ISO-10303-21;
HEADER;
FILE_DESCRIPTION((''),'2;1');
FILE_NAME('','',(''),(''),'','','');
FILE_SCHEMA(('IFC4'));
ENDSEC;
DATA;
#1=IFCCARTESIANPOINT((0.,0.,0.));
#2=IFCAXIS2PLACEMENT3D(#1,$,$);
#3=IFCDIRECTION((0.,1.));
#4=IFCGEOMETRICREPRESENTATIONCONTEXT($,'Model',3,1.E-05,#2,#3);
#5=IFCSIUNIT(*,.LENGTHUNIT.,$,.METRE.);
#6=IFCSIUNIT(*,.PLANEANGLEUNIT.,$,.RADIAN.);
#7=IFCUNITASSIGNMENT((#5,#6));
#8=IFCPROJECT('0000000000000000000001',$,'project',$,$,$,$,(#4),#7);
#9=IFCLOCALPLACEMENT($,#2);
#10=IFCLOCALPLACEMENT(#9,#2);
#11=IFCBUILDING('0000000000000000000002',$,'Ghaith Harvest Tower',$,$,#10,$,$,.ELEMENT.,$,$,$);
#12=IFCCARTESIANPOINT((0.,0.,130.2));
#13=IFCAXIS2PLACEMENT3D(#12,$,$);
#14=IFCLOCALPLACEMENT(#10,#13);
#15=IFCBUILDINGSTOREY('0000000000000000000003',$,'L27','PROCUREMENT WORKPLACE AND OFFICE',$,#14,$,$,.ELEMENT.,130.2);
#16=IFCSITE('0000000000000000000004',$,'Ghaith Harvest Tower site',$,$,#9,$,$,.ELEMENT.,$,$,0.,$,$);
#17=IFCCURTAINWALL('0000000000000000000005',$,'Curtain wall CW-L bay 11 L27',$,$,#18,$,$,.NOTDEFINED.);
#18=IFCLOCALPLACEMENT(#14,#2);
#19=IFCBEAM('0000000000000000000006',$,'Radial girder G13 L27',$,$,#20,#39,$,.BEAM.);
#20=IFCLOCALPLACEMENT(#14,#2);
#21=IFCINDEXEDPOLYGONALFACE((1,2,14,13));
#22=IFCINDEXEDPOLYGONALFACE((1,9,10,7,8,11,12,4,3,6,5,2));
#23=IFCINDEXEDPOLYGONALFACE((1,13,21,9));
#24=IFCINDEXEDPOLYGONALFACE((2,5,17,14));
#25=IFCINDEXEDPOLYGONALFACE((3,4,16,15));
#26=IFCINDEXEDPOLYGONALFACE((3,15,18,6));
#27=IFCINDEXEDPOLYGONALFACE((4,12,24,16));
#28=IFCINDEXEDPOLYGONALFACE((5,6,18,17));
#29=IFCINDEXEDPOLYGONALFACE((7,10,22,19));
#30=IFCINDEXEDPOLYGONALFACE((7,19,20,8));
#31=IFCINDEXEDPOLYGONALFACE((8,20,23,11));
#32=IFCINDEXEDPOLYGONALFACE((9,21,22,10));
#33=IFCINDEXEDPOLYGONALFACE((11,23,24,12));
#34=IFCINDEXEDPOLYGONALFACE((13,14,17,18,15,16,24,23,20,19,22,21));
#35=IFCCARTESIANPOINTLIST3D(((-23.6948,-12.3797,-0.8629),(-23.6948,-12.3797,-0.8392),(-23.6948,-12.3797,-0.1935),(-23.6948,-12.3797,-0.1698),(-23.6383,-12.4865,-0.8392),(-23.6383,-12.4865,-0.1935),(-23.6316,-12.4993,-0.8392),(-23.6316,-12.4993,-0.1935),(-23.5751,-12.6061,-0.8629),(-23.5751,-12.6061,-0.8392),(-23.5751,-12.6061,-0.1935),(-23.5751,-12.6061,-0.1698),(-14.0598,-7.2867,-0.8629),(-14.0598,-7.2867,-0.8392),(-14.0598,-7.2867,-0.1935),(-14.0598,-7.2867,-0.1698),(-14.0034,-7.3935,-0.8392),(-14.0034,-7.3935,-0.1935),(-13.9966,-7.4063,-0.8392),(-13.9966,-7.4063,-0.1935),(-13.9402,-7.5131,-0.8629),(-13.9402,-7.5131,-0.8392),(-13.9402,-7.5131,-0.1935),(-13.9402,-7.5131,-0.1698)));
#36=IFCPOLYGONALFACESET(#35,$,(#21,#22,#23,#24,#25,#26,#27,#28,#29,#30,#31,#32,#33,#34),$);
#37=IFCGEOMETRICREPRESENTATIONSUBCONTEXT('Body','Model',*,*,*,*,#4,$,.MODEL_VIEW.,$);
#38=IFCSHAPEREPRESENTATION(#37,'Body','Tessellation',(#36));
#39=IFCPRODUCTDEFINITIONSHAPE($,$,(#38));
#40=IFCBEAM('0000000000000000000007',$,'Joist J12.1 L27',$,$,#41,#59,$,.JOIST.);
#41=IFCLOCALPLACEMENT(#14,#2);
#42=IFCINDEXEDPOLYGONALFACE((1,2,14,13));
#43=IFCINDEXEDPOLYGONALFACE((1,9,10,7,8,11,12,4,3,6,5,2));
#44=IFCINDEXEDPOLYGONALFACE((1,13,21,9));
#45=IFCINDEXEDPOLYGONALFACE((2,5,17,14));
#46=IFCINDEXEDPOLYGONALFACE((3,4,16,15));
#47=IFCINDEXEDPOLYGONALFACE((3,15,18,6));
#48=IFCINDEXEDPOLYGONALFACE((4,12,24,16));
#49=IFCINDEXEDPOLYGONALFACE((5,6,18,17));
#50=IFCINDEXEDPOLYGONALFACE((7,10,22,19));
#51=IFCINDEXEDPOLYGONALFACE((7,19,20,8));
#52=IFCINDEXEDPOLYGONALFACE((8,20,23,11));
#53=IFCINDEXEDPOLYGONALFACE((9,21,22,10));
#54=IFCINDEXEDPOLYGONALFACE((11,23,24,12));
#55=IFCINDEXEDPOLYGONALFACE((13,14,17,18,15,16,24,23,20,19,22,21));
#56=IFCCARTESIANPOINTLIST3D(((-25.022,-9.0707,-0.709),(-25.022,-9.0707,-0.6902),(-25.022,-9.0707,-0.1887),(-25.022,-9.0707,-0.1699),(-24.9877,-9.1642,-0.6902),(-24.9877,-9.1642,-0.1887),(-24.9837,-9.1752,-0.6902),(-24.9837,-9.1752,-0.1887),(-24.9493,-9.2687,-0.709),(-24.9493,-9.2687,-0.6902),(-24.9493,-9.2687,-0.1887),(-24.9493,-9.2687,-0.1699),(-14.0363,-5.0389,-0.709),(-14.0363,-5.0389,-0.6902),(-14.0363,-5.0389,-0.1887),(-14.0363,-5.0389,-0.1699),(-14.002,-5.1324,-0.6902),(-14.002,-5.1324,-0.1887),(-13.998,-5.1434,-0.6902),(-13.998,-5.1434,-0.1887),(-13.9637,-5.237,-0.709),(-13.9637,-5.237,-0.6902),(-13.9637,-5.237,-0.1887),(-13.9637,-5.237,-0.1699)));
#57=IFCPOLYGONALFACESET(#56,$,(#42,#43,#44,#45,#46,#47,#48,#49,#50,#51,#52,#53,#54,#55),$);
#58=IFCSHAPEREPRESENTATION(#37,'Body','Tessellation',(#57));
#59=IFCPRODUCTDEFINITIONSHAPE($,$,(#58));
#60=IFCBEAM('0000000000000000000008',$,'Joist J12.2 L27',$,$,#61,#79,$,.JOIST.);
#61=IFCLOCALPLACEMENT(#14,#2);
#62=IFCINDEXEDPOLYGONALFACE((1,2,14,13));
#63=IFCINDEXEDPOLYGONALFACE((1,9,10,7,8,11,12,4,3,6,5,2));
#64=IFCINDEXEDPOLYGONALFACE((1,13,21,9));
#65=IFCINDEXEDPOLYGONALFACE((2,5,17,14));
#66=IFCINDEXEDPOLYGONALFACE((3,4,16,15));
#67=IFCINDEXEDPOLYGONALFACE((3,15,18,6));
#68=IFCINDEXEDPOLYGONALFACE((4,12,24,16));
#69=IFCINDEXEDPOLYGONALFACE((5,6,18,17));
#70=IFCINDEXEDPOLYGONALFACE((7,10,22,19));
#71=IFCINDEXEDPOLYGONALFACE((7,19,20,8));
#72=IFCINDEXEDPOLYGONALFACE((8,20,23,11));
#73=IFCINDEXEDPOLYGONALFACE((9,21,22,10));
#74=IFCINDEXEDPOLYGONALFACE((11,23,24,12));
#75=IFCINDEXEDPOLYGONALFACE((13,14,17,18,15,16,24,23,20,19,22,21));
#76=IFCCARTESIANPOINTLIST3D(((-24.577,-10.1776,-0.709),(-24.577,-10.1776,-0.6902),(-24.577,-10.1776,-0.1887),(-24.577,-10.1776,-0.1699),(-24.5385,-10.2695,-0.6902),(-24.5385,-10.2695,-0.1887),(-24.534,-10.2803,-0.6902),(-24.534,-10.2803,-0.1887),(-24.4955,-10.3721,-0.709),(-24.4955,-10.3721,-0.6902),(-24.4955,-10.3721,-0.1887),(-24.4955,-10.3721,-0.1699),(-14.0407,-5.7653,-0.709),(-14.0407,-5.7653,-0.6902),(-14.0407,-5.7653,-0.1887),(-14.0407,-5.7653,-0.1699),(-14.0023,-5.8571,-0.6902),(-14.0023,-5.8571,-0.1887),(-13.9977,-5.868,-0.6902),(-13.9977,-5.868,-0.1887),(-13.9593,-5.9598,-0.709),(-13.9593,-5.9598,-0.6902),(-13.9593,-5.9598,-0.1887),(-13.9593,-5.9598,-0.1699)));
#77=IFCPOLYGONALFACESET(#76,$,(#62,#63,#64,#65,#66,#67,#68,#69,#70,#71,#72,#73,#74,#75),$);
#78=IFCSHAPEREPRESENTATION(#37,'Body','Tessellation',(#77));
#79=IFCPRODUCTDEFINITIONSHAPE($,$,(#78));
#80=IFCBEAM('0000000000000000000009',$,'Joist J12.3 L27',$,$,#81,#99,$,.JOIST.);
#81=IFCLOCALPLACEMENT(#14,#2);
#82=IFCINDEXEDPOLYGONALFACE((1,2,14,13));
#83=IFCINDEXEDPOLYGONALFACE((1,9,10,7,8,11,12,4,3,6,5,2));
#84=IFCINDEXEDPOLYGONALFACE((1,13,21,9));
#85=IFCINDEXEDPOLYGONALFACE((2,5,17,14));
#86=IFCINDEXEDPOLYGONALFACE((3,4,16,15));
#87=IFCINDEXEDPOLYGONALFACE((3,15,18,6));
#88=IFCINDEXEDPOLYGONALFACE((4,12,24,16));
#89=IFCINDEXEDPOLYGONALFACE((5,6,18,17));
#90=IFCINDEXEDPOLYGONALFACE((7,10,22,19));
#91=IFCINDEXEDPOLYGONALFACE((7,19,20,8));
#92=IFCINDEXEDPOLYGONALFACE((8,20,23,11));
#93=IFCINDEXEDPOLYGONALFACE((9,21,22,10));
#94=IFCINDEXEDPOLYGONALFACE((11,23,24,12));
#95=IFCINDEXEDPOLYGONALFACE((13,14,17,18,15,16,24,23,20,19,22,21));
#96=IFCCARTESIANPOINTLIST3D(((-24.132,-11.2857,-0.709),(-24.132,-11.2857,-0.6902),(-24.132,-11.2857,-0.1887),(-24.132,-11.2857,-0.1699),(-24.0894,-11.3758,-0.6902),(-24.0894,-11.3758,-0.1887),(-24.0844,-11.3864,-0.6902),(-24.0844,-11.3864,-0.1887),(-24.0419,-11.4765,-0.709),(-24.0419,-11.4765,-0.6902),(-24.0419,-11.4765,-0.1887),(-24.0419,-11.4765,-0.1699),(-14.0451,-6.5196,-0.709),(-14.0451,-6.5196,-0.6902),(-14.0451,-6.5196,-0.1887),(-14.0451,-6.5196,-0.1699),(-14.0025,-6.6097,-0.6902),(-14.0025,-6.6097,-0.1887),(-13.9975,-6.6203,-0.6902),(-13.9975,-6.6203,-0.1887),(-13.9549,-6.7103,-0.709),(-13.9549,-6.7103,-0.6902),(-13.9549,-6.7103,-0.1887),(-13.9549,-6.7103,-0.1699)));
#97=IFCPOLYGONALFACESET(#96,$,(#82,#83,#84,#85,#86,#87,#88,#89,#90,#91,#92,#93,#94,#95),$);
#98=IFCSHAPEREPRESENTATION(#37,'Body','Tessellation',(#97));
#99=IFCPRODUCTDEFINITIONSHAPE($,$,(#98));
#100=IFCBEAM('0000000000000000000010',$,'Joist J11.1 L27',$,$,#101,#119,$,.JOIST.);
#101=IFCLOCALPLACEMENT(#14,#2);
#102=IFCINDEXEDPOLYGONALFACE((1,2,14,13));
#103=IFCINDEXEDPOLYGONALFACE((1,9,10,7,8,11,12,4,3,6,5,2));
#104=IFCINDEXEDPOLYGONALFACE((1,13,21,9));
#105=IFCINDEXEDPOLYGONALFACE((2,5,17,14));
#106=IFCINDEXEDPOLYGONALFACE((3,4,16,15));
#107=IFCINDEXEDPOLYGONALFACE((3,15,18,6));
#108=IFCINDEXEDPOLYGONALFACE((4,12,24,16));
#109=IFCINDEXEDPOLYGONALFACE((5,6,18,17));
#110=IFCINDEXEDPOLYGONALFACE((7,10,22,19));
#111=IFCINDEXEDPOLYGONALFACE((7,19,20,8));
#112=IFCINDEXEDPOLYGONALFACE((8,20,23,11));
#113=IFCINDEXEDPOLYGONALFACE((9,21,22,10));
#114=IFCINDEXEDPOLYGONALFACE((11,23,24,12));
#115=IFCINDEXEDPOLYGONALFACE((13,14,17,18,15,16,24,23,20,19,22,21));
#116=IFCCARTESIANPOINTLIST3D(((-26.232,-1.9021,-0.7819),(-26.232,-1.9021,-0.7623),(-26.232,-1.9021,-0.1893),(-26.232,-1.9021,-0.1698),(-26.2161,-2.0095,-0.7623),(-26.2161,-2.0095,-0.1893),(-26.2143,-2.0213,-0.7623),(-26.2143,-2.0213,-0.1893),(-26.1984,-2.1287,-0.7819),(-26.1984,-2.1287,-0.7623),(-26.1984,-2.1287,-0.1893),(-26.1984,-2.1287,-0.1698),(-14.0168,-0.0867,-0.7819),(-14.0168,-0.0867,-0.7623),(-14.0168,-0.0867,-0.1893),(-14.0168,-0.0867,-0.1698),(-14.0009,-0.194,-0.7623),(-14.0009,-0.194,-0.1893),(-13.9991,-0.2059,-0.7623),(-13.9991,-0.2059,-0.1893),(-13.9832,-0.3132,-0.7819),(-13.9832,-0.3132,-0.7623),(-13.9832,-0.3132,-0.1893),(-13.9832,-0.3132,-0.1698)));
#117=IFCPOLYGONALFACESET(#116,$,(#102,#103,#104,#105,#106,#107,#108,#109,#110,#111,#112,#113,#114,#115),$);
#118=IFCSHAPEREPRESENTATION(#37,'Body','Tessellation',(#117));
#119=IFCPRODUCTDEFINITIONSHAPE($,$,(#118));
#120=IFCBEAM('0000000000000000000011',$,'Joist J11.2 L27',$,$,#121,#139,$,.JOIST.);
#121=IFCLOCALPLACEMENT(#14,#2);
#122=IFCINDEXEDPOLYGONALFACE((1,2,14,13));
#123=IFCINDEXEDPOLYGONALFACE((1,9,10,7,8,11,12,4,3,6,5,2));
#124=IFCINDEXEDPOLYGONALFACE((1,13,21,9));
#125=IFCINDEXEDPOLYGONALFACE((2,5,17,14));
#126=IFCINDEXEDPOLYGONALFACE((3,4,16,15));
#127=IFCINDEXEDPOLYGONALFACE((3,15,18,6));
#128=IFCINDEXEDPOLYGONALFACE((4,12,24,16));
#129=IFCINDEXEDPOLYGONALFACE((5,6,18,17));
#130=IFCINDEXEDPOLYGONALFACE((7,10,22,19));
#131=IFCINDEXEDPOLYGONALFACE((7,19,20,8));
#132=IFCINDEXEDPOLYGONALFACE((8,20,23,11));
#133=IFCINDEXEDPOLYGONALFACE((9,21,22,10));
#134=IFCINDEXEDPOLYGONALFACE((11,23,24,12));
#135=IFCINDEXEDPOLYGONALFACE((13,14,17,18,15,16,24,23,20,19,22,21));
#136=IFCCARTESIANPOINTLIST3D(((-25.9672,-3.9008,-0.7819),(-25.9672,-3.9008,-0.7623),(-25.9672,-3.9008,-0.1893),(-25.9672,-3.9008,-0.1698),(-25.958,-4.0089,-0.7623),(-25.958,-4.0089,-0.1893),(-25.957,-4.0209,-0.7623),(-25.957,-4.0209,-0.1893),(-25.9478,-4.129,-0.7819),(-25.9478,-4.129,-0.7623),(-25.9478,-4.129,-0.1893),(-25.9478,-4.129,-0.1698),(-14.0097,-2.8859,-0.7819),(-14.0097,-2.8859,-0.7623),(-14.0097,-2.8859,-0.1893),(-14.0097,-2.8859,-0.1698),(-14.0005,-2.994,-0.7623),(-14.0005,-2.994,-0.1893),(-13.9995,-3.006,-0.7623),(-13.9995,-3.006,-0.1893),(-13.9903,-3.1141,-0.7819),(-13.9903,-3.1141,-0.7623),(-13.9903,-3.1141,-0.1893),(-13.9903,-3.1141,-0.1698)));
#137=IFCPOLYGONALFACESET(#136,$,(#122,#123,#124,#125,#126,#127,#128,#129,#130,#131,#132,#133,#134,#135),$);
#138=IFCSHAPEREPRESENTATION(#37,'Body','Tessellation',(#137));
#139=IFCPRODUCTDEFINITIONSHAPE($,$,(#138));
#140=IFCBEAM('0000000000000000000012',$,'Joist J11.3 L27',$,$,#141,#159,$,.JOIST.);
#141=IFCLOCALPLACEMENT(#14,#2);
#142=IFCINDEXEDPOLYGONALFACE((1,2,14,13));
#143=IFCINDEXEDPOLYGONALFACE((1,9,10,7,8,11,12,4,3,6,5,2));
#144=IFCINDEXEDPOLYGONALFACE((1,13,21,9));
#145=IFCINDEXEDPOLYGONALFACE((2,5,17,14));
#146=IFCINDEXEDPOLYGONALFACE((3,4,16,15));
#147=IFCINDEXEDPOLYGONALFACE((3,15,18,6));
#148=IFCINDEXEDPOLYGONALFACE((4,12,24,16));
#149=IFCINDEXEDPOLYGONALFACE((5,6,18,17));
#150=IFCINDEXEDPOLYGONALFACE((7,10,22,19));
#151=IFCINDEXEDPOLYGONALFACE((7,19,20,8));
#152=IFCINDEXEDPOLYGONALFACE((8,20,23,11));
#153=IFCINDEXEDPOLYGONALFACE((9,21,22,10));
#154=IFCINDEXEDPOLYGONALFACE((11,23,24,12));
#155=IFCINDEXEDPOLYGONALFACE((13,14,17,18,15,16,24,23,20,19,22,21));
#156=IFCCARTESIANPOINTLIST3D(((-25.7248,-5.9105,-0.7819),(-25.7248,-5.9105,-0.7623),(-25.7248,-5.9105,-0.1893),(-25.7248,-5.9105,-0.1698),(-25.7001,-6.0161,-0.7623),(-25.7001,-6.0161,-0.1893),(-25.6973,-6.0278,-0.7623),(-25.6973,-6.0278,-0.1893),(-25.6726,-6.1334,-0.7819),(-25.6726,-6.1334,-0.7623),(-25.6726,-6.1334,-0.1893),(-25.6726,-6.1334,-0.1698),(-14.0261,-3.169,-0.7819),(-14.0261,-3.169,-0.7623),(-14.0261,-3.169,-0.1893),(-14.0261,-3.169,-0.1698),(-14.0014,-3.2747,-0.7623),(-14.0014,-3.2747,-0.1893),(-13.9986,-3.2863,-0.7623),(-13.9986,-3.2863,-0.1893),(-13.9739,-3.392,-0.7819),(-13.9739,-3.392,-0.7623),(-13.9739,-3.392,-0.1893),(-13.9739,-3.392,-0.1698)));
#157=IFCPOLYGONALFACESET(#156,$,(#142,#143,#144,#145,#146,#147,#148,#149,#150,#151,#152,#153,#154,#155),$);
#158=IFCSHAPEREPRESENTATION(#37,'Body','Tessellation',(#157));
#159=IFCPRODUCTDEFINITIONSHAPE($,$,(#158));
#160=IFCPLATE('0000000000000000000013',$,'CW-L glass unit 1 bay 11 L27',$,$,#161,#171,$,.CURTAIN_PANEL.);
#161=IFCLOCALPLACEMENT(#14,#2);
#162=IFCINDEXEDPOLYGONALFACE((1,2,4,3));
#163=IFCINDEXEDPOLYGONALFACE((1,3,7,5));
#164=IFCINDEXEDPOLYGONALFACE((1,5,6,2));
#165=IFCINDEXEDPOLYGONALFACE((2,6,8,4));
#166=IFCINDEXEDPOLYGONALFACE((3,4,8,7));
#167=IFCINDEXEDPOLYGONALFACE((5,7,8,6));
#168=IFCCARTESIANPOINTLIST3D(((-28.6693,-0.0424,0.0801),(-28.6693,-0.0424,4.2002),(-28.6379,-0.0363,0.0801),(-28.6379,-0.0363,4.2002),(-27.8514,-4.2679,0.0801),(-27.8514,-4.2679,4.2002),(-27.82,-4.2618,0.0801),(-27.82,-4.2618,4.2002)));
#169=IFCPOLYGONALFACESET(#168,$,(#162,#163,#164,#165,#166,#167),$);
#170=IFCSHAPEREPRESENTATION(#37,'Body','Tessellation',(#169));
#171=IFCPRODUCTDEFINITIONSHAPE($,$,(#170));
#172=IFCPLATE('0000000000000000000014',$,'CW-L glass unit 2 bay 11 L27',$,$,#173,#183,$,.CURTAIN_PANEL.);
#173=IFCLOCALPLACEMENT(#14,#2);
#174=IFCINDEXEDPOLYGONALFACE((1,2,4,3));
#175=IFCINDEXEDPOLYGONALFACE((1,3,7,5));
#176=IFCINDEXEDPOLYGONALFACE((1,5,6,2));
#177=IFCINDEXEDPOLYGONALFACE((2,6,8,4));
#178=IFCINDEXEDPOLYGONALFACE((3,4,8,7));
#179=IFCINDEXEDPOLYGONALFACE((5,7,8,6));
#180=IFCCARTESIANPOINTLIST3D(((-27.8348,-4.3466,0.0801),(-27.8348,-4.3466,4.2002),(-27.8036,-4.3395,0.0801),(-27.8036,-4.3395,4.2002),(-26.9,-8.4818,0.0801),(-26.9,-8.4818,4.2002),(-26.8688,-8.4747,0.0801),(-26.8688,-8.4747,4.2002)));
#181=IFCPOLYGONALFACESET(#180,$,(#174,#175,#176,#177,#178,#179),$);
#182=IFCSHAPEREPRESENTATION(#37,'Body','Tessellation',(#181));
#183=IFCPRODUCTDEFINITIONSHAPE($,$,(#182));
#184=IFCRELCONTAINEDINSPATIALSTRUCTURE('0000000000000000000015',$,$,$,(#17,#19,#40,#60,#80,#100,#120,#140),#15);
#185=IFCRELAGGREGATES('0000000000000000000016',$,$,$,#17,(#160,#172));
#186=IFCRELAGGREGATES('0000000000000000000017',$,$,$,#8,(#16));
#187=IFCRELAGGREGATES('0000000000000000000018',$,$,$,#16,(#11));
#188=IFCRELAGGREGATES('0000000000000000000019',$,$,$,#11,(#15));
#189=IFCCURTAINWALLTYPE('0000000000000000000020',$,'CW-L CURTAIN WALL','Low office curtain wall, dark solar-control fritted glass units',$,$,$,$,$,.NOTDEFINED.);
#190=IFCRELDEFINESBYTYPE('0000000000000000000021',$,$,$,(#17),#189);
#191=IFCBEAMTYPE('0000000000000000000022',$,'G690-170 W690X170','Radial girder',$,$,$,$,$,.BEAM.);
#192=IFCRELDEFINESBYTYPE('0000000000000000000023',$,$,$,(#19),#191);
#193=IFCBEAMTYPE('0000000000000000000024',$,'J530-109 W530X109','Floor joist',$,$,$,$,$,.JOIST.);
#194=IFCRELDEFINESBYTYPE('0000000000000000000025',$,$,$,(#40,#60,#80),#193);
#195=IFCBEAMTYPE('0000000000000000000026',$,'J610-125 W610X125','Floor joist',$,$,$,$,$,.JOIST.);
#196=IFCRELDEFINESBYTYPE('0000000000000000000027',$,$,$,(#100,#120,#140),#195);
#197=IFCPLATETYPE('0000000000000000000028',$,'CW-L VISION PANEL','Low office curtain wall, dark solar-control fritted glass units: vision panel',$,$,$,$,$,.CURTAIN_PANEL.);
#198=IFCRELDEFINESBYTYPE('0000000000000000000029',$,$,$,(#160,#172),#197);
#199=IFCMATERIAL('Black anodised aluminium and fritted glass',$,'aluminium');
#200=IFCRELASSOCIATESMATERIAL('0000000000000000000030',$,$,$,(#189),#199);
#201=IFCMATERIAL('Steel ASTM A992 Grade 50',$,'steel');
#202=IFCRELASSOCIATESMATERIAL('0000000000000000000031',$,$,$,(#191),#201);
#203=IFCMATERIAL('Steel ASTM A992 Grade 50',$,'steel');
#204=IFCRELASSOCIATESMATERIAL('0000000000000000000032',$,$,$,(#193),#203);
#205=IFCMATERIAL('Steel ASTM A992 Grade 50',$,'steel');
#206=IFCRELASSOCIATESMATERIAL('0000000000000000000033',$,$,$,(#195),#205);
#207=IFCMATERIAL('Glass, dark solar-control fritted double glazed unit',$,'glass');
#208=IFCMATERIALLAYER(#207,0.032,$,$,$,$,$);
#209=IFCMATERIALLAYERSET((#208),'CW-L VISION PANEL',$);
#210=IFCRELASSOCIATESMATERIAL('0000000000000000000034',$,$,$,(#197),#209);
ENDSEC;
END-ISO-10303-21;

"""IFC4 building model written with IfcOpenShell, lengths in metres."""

from ifc_helpers import new_model, si_unit, direction, frame, origin, origin_2d, place, context, subcontext, project, spatial, rectangle, i_section, extrude, material, layer, layer_set, material_profile, profile_set, type_object, element, aggregate, save


model = new_model("IFC4")

# Units and contexts
model_context = context("Model", 3, precision=1e-05, world=origin(), true_north=direction((0.0, 1.0)))
body_context = subcontext(model_context, "Body", "Model", "MODEL_VIEW")
ifc_project = project(units=[si_unit("LENGTHUNIT", "METRE"), si_unit("PLANEANGLEUNIT", "RADIAN")], contexts=[model_context])

# Site, building, storey
site_placement = place(None, origin())
site = spatial("IfcSite", under=ifc_project, at=site_placement, Name="Ghaith Harvest Tower site", CompositionType="ELEMENT", RefElevation=0.0)
building_placement = place(site_placement, origin())
building = spatial("IfcBuilding", under=site, at=building_placement, Name="Ghaith Harvest Tower", CompositionType="ELEMENT")
storey_placement = place(building_placement, frame((0.0, 0.0, 130.2)))
storey = spatial("IfcBuildingStorey", under=building, at=storey_placement, Name="L27", Description="PROCUREMENT WORKPLACE AND OFFICE", CompositionType="ELEMENT", Elevation=130.2)

# Curtain wall
ifc_material_1 = material(Name="Black anodised aluminium and fritted glass", Category="aluminium")
curtain_wall_type = type_object("IfcCurtainWallType", Name="CW-L CURTAIN WALL", Description="Low office curtain wall, dark solar-control fritted glass units", PredefinedType="NOTDEFINED", material=ifc_material_1)
curtain_wall_1_placement = place(storey_placement, origin())
curtain_wall_1 = element("IfcCurtainWall", 1, at=curtain_wall_1_placement, inside=storey, type_object=curtain_wall_type, Name="Curtain wall CW-L bay 11 L27", PredefinedType="NOTDEFINED")

# Beams
ifc_material_2 = material(Name="Steel ASTM A992 Grade 50", Category="steel")
ifc_material_profile_1 = material_profile(ifc_material_2, i_section(OverallWidth=0.2561, OverallDepth=0.6931, WebThickness=0.0144, FlangeThickness=0.0237, at=origin_2d()), Name="W690X170")
ifc_profile_set_1 = profile_set([ifc_material_profile_1], Name="Steel ASTM A992 Grade 50")
beam_type_1 = type_object("IfcBeamType", Name="G690-170 W690X170", Description="Radial girder", PredefinedType="BEAM", material=ifc_profile_set_1)
beam_1_placement = place(storey_placement, frame((-14.0, -7.3999, -0.5164), z_axis=(-0.884086, -0.467324, 0.0), x_axis=(0.467324, -0.884086, 0.0)))
element("IfcBeam", 2, at=beam_1_placement, inside=storey, type_object=beam_type_1, Name="Radial girder G13 L27", PredefinedType="BEAM", context=body_context, shape_type="SweptSolid", body=[
    extrude(i_section(OverallWidth=0.2561, OverallDepth=0.6931, WebThickness=0.0144, FlangeThickness=0.0237, at=origin_2d()), origin(), (0.0, 0.0, 1.0), 10.8982),
])
ifc_material_3 = material(Name="Steel ASTM A992 Grade 50", Category="steel")
ifc_material_profile_2 = material_profile(ifc_material_3, i_section(OverallWidth=0.2109, OverallDepth=0.5391, WebThickness=0.0117, FlangeThickness=0.0188, at=origin_2d()), Name="W530X109")
ifc_profile_set_2 = profile_set([ifc_material_profile_2], Name="Steel ASTM A992 Grade 50")
beam_type_2 = type_object("IfcBeamType", Name="J530-109 W530X109", Description="Floor joist", PredefinedType="JOIST", material=ifc_profile_set_2)
beam_2_placement = place(storey_placement, frame((-14.0, -5.1379, -0.4395), z_axis=(-0.938774, -0.344532, 0.0), x_axis=(0.344532, -0.938774, 0.0)))
element("IfcBeam", 3, at=beam_2_placement, inside=storey, type_object=beam_type_2, Name="Joist J12.1 L27", PredefinedType="JOIST", context=body_context, shape_type="SweptSolid", body=[
    extrude(i_section(OverallWidth=0.2109, OverallDepth=0.5391, WebThickness=0.0117, FlangeThickness=0.0188, at=origin_2d()), origin(), (0.0, 0.0, 1.0), 11.7021),
])
beam_3_placement = place(storey_placement, frame((-14.0, -5.8625, -0.4395), z_axis=(-0.922386, -0.38627, 0.0), x_axis=(0.38627, -0.922386, 0.0)))
element("IfcBeam", 4, at=beam_3_placement, inside=storey, type_object=beam_type_2, Name="Joist J12.2 L27", PredefinedType="JOIST", context=body_context, shape_type="SweptSolid", body=[
    extrude(i_section(OverallWidth=0.2109, OverallDepth=0.5391, WebThickness=0.0117, FlangeThickness=0.0188, at=origin_2d()), origin(), (0.0, 0.0, 1.0), 11.4229),
])
beam_4_placement = place(storey_placement, frame((-14.0, -6.615, -0.4395), z_axis=(-0.90415, -0.427215, 0.0), x_axis=(0.427215, -0.90415, 0.0)))
element("IfcBeam", 5, at=beam_4_placement, inside=storey, type_object=beam_type_2, Name="Joist J12.3 L27", PredefinedType="JOIST", context=body_context, shape_type="SweptSolid", body=[
    extrude(i_section(OverallWidth=0.2109, OverallDepth=0.5391, WebThickness=0.0117, FlangeThickness=0.0188, at=origin_2d()), origin(), (0.0, 0.0, 1.0), 11.1562),
])
ifc_material_4 = material(Name="Steel ASTM A992 Grade 50", Category="steel")
ifc_material_profile_3 = material_profile(ifc_material_4, i_section(OverallWidth=0.229, OverallDepth=0.6121, WebThickness=0.012, FlangeThickness=0.0195, at=origin_2d()), Name="W610X125")
ifc_profile_set_3 = profile_set([ifc_material_profile_3], Name="Steel ASTM A992 Grade 50")
beam_type_3 = type_object("IfcBeamType", Name="J610-125 W610X125", Description="Floor joist", PredefinedType="JOIST", material=ifc_profile_set_3)
beam_5_placement = place(storey_placement, frame((-14.0, -0.2, -0.4758), z_axis=(-0.989135, -0.147007, 0.0), x_axis=(0.147007, -0.989135, 0.0)))
element("IfcBeam", 6, at=beam_5_placement, inside=storey, type_object=beam_type_3, Name="Joist J11.1 L27", PredefinedType="JOIST", context=body_context, shape_type="SweptSolid", body=[
    extrude(i_section(OverallWidth=0.229, OverallDepth=0.6121, WebThickness=0.012, FlangeThickness=0.0195, at=origin_2d()), origin(), (0.0, 0.0, 1.0), 12.3494),
])
beam_6_placement = place(storey_placement, frame((-14.0, -3.0, -0.4758), z_axis=(-0.996417, -0.084571, 0.0), x_axis=(0.084571, -0.996417, 0.0)))
element("IfcBeam", 7, at=beam_6_placement, inside=storey, type_object=beam_type_3, Name="Joist J11.2 L27", PredefinedType="JOIST", context=body_context, shape_type="SweptSolid", body=[
    extrude(i_section(OverallWidth=0.229, OverallDepth=0.6121, WebThickness=0.012, FlangeThickness=0.0195, at=origin_2d()), origin(), (0.0, 0.0, 1.0), 12.0005),
])
beam_7_placement = place(storey_placement, frame((-14.0, -3.2805, -0.4758), z_axis=(-0.973624, -0.228157, 0.0), x_axis=(0.228157, -0.973624, 0.0)))
element("IfcBeam", 8, at=beam_7_placement, inside=storey, type_object=beam_type_3, Name="Joist J11.3 L27", PredefinedType="JOIST", context=body_context, shape_type="SweptSolid", body=[
    extrude(i_section(OverallWidth=0.229, OverallDepth=0.6121, WebThickness=0.012, FlangeThickness=0.0195, at=origin_2d()), origin(), (0.0, 0.0, 1.0), 12.0156),
])

# Plates
ifc_material_5 = material(Name="Glass, dark solar-control fritted double glazed unit", Category="glass")
ifc_layer_1 = layer(ifc_material_5, 0.032)
ifc_layer_set_1 = layer_set([ifc_layer_1], Name="CW-L VISION PANEL")
plate_type_1 = type_object("IfcPlateType", Name="CW-L VISION PANEL", Description="Low office curtain wall, dark solar-control fritted glass units: vision panel", PredefinedType="CURTAIN_PANEL", material=ifc_layer_set_1)
plate_1_placement = place(storey_placement, frame((-28.2446, -2.1521, 0.0801), z_axis=(0.0, 0.0, 1.0), x_axis=(0.190045, -0.981775, 0.0)))
plate_1 = element("IfcPlate", 9, at=plate_1_placement, type_object=plate_type_1, Name="CW-L glass unit 1 bay 11 L27", PredefinedType="CURTAIN_PANEL", context=body_context, shape_type="SweptSolid", body=[
    extrude(rectangle(XDim=4.304, YDim=0.032, at=origin_2d()), origin(), (0.0, 0.0, 1.0), 4.1201),
])
plate_2_placement = place(storey_placement, frame((-27.3518, -6.4106, 0.0801), z_axis=(0.0, 0.0, 1.0), x_axis=(0.220483, -0.975391, 0.0)))
plate_2 = element("IfcPlate", 10, at=plate_2_placement, type_object=plate_type_1, Name="CW-L glass unit 2 bay 11 L27", PredefinedType="CURTAIN_PANEL", context=body_context, shape_type="SweptSolid", body=[
    extrude(rectangle(XDim=4.2395, YDim=0.032, at=origin_2d()), origin(), (0.0, 0.0, 1.0), 4.1201),
])
aggregate(curtain_wall_1, [plate_1, plate_2])

save(model, "model.ifc")
